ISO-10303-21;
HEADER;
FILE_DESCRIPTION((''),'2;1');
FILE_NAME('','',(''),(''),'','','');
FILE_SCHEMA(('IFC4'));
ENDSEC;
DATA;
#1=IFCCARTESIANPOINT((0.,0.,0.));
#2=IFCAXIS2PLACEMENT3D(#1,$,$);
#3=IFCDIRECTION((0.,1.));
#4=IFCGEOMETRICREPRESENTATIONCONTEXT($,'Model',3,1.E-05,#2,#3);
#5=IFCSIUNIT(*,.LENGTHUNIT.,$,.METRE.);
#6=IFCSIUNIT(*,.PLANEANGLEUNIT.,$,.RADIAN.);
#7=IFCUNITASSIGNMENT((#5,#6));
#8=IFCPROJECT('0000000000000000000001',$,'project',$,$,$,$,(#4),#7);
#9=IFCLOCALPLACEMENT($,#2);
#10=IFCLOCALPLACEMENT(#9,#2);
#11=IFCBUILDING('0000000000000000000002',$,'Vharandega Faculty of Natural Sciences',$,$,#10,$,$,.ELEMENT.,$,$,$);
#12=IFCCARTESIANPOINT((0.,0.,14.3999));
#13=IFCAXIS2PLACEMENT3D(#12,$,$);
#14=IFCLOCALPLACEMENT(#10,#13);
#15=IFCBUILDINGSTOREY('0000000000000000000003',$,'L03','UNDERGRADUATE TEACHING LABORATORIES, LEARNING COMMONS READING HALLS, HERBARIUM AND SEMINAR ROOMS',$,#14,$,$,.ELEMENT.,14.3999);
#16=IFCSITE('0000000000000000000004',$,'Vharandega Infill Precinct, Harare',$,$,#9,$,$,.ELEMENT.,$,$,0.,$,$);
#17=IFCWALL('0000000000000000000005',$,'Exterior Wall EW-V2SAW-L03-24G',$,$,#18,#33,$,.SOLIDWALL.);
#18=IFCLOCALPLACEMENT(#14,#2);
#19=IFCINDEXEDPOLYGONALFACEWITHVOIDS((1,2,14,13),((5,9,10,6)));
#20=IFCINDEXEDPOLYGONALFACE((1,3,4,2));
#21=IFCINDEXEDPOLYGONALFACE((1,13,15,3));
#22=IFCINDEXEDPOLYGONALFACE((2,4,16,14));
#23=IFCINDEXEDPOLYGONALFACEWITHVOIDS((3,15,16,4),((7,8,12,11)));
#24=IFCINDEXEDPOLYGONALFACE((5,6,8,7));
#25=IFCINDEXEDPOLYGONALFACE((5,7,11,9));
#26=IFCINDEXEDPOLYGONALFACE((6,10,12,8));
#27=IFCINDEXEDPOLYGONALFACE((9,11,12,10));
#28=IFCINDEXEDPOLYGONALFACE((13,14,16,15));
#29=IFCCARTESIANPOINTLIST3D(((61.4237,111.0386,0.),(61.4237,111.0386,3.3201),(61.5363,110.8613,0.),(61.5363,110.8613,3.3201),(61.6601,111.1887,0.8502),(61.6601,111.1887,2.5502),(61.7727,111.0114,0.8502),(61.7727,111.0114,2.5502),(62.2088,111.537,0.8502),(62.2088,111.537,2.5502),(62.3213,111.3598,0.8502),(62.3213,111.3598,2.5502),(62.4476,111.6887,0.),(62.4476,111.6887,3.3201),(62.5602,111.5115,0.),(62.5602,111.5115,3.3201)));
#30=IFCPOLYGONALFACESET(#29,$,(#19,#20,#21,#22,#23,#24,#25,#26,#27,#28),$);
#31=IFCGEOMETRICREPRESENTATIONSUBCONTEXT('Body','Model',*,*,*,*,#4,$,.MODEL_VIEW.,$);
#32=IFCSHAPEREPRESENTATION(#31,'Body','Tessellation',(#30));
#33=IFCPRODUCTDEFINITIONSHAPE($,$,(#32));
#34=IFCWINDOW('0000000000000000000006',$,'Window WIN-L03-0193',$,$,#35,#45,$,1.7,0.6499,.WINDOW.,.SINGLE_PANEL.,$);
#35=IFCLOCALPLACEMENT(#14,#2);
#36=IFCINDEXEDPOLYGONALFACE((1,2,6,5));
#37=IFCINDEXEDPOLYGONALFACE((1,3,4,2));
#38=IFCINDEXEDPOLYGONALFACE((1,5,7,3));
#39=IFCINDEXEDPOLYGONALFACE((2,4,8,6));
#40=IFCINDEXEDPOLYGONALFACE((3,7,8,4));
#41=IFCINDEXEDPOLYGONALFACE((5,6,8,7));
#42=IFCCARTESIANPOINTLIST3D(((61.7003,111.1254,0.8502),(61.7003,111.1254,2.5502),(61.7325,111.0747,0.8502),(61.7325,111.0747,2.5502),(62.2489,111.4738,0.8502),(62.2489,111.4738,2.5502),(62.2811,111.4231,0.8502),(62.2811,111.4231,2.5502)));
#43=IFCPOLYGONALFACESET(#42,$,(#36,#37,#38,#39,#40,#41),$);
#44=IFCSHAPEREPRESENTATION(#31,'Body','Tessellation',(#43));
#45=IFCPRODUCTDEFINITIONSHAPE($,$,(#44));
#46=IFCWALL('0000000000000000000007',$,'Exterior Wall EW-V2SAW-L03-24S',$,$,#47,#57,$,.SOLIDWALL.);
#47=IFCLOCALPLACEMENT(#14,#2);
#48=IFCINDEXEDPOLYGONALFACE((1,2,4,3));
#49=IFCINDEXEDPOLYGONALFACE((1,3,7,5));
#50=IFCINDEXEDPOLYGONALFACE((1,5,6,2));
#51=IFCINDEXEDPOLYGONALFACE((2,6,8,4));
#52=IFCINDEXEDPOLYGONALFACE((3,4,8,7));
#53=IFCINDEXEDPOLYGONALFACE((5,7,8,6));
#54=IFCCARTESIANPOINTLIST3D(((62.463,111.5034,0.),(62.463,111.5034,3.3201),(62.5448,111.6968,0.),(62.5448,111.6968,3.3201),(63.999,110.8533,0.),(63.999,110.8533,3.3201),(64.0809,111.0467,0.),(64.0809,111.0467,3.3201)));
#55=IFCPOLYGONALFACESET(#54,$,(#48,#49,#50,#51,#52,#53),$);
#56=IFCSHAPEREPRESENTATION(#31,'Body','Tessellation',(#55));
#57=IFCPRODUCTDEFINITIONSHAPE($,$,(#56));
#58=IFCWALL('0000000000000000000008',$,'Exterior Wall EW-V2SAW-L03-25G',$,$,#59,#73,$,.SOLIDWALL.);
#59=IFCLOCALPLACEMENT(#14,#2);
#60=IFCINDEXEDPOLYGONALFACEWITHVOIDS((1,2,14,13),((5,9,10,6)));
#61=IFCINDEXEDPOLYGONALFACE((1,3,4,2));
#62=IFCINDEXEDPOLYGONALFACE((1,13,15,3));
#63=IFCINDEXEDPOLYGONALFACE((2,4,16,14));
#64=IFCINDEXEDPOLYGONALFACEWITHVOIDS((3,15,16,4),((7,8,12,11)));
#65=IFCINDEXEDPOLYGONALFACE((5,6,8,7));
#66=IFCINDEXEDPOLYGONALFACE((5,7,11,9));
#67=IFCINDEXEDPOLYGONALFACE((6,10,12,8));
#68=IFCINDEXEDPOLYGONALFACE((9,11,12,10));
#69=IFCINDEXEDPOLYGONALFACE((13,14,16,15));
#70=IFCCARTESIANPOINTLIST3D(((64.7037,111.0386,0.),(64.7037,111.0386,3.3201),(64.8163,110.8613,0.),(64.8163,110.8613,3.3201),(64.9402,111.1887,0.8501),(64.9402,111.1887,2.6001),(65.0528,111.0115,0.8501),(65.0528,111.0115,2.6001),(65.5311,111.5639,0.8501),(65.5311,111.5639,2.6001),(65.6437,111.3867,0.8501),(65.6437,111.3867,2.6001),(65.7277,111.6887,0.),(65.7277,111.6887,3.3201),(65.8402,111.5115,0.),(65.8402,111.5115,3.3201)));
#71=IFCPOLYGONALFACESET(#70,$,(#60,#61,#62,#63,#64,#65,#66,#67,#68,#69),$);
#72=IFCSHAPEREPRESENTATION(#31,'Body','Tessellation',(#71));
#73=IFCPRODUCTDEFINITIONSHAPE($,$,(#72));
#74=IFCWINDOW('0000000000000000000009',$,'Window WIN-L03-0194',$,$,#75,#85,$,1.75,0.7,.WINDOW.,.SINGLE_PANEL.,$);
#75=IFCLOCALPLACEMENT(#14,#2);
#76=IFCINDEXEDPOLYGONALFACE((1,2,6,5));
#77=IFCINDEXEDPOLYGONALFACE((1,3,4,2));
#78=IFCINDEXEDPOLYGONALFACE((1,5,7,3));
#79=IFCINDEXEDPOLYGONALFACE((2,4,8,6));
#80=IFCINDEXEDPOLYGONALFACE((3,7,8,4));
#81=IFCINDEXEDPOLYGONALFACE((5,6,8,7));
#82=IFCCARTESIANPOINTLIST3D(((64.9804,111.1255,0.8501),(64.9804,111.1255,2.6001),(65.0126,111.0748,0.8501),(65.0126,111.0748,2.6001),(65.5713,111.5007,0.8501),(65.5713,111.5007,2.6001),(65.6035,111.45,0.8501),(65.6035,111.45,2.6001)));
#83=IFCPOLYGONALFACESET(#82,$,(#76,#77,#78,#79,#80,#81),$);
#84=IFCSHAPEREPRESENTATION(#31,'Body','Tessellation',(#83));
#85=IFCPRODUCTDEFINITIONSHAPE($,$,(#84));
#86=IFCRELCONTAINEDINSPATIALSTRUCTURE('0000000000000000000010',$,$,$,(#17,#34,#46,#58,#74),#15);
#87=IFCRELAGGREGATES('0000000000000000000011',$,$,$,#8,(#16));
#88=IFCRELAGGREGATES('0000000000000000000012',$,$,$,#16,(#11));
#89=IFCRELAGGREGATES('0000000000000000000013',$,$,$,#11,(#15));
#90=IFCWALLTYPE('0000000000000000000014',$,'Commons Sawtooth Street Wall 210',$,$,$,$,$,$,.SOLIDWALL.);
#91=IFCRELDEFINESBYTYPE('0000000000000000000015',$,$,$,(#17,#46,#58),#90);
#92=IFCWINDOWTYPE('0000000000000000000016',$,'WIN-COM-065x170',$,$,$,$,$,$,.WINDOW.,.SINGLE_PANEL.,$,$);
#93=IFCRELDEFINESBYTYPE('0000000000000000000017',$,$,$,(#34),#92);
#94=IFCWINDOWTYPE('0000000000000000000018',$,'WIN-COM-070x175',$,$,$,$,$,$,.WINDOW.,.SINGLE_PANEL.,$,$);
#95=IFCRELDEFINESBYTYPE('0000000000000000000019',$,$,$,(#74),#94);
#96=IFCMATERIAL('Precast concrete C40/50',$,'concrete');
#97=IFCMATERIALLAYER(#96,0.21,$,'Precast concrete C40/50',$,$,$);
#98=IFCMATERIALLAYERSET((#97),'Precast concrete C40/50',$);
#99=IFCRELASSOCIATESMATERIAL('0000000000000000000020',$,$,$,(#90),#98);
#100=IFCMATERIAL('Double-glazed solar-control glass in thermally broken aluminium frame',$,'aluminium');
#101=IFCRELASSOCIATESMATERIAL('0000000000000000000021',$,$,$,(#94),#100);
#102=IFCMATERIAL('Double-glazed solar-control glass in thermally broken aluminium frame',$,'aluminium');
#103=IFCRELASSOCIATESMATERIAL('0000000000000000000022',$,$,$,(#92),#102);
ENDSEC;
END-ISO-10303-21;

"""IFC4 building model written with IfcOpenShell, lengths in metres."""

from ifc_helpers import new_model, si_unit, direction, frame, frame_2d, origin, place, context, subcontext, project, spatial, rectangle, extrude, material, layer, layer_set, type_object, element, fill, save


model = new_model("IFC4")

# Units and contexts
model_context = context("Model", 3, precision=1e-05, world=origin(), true_north=direction((0.0, 1.0)))
body_context = subcontext(model_context, "Body", "Model", "MODEL_VIEW")
ifc_project = project(units=[si_unit("LENGTHUNIT", "METRE"), si_unit("PLANEANGLEUNIT", "RADIAN")], contexts=[model_context])

# Site, building, storey
site_placement = place(None, origin())
site = spatial("IfcSite", under=ifc_project, at=site_placement, Name="Vharandega Infill Precinct, Harare", CompositionType="ELEMENT", RefElevation=0.0)
building_placement = place(site_placement, origin())
building = spatial("IfcBuilding", under=site, at=building_placement, Name="Vharandega Faculty of Natural Sciences", CompositionType="ELEMENT")
storey_placement = place(building_placement, frame((0.0, 0.0, 14.3999)))
storey = spatial("IfcBuildingStorey", under=building, at=storey_placement, Name="L03", Description="UNDERGRADUATE TEACHING LABORATORIES, LEARNING COMMONS READING HALLS, HERBARIUM AND SEMINAR ROOMS", CompositionType="ELEMENT", Elevation=14.3999)

# Shared definitions
ifc_material_1 = material(Name="Precast concrete C40/50", Category="concrete")
ifc_layer = layer(ifc_material_1, 0.21, Name="Precast concrete C40/50")
ifc_layer_set = layer_set([ifc_layer], Name="Precast concrete C40/50")
wall_type = type_object("IfcWallType", Name="Commons Sawtooth Street Wall 210", PredefinedType="SOLIDWALL", material=ifc_layer_set)

# Shared definitions
ifc_material_2 = material(Name="Double-glazed solar-control glass in thermally broken aluminium frame", Category="aluminium")
window_type_1 = type_object("IfcWindowType", Name="WIN-COM-070x175", PartitioningType="SINGLE_PANEL", PredefinedType="WINDOW", material=ifc_material_2)

# Wall, opening, window
wall_1_placement = place(storey_placement, frame((61.48, 110.95, 0.0), z_axis=(0.0, 0.0, 1.0), x_axis=(0.8442, 0.536029, 0.0)))
wall_1 = element("IfcWall", 1, at=wall_1_placement, inside=storey, type_object=wall_type, Name="Exterior Wall EW-V2SAW-L03-24G", PredefinedType="SOLIDWALL", context=body_context, shape_type="SweptSolid", body=[
    extrude(rectangle(XDim=1.2129, YDim=0.21, at=frame_2d((0.6064, 0.0))), origin(), (0.0, 0.0, 1.0), 3.3201),
])
opening_1_placement = place(wall_1_placement, frame((0.28, 0.0, 0.8501)))
opening_1 = element("IfcOpeningElement", 2, at=opening_1_placement, cuts=wall_1, PredefinedType="OPENING", context=body_context, shape_type="SweptSolid", body=[
    extrude(rectangle(XDim=0.6499, YDim=1.7, at=frame_2d((0.325, 0.8501))), frame((0.0, 0.115, 0.0), z_axis=(0.0, -1.0, 0.0), x_axis=(1.0, 0.0, 0.0)), (0.0, 0.0, 1.0), 0.23),
])
ifc_material_3 = material(Name="Double-glazed solar-control glass in thermally broken aluminium frame", Category="aluminium")
window_type_2 = type_object("IfcWindowType", Name="WIN-COM-065x170", PartitioningType="SINGLE_PANEL", PredefinedType="WINDOW", material=ifc_material_3)
window_1_placement = place(opening_1_placement, origin())
window_1 = element("IfcWindow", 3, at=window_1_placement, inside=storey, type_object=window_type_2, Name="Window WIN-L03-0193", OverallHeight=1.7, OverallWidth=0.6499, PartitioningType="SINGLE_PANEL", PredefinedType="WINDOW", context=body_context, shape_type="SweptSolid", body=[
    extrude(rectangle(XDim=0.6499, YDim=1.7, at=frame_2d((0.325, 0.8501))), frame((0.0, 0.03, 0.0), z_axis=(0.0, -1.0, 0.0), x_axis=(1.0, 0.0, 0.0)), (0.0, 0.0, 1.0), 0.0601),
])
fill(opening_1, window_1)

# Wall
wall_2_placement = place(storey_placement, frame((62.5039, 111.6001, 0.0), z_axis=(0.0, 0.0, 1.0), x_axis=(0.920915, -0.389764, 0.0)))
element("IfcWall", 4, at=wall_2_placement, inside=storey, type_object=wall_type, Name="Exterior Wall EW-V2SAW-L03-24S", PredefinedType="SOLIDWALL", context=body_context, shape_type="SweptSolid", body=[
    extrude(rectangle(XDim=1.668, YDim=0.21, at=frame_2d((0.834, 0.0))), origin(), (0.0, 0.0, 1.0), 3.3201),
])

# Wall, opening, window
wall_3_placement = place(storey_placement, frame((64.76, 110.95, 0.0), z_axis=(0.0, 0.0, 1.0), x_axis=(0.8442, 0.536029, 0.0)))
wall_3 = element("IfcWall", 5, at=wall_3_placement, inside=storey, type_object=wall_type, Name="Exterior Wall EW-V2SAW-L03-25G", PredefinedType="SOLIDWALL", context=body_context, shape_type="SweptSolid", body=[
    extrude(rectangle(XDim=1.2129, YDim=0.21, at=frame_2d((0.6064, 0.0))), origin(), (0.0, 0.0, 1.0), 3.3201),
])
opening_2_placement = place(wall_3_placement, frame((0.28, 0.0, 0.8501)))
opening_2 = element("IfcOpeningElement", 6, at=opening_2_placement, cuts=wall_3, PredefinedType="OPENING", context=body_context, shape_type="SweptSolid", body=[
    extrude(rectangle(XDim=0.7, YDim=1.75, at=frame_2d((0.3501, 0.875))), frame((0.0, 0.115, 0.0), z_axis=(0.0, -1.0, 0.0), x_axis=(1.0, 0.0, 0.0)), (0.0, 0.0, 1.0), 0.23),
])
window_2_placement = place(opening_2_placement, origin())
window_2 = element("IfcWindow", 7, at=window_2_placement, inside=storey, type_object=window_type_1, Name="Window WIN-L03-0194", OverallHeight=1.75, OverallWidth=0.7, PartitioningType="SINGLE_PANEL", PredefinedType="WINDOW", context=body_context, shape_type="SweptSolid", body=[
    extrude(rectangle(XDim=0.7, YDim=1.75, at=frame_2d((0.3501, 0.875))), frame((0.0, 0.03, 0.0), z_axis=(0.0, -1.0, 0.0), x_axis=(1.0, 0.0, 0.0)), (0.0, 0.0, 1.0), 0.0601),
])
fill(opening_2, window_2)

save(model, "model.ifc")
